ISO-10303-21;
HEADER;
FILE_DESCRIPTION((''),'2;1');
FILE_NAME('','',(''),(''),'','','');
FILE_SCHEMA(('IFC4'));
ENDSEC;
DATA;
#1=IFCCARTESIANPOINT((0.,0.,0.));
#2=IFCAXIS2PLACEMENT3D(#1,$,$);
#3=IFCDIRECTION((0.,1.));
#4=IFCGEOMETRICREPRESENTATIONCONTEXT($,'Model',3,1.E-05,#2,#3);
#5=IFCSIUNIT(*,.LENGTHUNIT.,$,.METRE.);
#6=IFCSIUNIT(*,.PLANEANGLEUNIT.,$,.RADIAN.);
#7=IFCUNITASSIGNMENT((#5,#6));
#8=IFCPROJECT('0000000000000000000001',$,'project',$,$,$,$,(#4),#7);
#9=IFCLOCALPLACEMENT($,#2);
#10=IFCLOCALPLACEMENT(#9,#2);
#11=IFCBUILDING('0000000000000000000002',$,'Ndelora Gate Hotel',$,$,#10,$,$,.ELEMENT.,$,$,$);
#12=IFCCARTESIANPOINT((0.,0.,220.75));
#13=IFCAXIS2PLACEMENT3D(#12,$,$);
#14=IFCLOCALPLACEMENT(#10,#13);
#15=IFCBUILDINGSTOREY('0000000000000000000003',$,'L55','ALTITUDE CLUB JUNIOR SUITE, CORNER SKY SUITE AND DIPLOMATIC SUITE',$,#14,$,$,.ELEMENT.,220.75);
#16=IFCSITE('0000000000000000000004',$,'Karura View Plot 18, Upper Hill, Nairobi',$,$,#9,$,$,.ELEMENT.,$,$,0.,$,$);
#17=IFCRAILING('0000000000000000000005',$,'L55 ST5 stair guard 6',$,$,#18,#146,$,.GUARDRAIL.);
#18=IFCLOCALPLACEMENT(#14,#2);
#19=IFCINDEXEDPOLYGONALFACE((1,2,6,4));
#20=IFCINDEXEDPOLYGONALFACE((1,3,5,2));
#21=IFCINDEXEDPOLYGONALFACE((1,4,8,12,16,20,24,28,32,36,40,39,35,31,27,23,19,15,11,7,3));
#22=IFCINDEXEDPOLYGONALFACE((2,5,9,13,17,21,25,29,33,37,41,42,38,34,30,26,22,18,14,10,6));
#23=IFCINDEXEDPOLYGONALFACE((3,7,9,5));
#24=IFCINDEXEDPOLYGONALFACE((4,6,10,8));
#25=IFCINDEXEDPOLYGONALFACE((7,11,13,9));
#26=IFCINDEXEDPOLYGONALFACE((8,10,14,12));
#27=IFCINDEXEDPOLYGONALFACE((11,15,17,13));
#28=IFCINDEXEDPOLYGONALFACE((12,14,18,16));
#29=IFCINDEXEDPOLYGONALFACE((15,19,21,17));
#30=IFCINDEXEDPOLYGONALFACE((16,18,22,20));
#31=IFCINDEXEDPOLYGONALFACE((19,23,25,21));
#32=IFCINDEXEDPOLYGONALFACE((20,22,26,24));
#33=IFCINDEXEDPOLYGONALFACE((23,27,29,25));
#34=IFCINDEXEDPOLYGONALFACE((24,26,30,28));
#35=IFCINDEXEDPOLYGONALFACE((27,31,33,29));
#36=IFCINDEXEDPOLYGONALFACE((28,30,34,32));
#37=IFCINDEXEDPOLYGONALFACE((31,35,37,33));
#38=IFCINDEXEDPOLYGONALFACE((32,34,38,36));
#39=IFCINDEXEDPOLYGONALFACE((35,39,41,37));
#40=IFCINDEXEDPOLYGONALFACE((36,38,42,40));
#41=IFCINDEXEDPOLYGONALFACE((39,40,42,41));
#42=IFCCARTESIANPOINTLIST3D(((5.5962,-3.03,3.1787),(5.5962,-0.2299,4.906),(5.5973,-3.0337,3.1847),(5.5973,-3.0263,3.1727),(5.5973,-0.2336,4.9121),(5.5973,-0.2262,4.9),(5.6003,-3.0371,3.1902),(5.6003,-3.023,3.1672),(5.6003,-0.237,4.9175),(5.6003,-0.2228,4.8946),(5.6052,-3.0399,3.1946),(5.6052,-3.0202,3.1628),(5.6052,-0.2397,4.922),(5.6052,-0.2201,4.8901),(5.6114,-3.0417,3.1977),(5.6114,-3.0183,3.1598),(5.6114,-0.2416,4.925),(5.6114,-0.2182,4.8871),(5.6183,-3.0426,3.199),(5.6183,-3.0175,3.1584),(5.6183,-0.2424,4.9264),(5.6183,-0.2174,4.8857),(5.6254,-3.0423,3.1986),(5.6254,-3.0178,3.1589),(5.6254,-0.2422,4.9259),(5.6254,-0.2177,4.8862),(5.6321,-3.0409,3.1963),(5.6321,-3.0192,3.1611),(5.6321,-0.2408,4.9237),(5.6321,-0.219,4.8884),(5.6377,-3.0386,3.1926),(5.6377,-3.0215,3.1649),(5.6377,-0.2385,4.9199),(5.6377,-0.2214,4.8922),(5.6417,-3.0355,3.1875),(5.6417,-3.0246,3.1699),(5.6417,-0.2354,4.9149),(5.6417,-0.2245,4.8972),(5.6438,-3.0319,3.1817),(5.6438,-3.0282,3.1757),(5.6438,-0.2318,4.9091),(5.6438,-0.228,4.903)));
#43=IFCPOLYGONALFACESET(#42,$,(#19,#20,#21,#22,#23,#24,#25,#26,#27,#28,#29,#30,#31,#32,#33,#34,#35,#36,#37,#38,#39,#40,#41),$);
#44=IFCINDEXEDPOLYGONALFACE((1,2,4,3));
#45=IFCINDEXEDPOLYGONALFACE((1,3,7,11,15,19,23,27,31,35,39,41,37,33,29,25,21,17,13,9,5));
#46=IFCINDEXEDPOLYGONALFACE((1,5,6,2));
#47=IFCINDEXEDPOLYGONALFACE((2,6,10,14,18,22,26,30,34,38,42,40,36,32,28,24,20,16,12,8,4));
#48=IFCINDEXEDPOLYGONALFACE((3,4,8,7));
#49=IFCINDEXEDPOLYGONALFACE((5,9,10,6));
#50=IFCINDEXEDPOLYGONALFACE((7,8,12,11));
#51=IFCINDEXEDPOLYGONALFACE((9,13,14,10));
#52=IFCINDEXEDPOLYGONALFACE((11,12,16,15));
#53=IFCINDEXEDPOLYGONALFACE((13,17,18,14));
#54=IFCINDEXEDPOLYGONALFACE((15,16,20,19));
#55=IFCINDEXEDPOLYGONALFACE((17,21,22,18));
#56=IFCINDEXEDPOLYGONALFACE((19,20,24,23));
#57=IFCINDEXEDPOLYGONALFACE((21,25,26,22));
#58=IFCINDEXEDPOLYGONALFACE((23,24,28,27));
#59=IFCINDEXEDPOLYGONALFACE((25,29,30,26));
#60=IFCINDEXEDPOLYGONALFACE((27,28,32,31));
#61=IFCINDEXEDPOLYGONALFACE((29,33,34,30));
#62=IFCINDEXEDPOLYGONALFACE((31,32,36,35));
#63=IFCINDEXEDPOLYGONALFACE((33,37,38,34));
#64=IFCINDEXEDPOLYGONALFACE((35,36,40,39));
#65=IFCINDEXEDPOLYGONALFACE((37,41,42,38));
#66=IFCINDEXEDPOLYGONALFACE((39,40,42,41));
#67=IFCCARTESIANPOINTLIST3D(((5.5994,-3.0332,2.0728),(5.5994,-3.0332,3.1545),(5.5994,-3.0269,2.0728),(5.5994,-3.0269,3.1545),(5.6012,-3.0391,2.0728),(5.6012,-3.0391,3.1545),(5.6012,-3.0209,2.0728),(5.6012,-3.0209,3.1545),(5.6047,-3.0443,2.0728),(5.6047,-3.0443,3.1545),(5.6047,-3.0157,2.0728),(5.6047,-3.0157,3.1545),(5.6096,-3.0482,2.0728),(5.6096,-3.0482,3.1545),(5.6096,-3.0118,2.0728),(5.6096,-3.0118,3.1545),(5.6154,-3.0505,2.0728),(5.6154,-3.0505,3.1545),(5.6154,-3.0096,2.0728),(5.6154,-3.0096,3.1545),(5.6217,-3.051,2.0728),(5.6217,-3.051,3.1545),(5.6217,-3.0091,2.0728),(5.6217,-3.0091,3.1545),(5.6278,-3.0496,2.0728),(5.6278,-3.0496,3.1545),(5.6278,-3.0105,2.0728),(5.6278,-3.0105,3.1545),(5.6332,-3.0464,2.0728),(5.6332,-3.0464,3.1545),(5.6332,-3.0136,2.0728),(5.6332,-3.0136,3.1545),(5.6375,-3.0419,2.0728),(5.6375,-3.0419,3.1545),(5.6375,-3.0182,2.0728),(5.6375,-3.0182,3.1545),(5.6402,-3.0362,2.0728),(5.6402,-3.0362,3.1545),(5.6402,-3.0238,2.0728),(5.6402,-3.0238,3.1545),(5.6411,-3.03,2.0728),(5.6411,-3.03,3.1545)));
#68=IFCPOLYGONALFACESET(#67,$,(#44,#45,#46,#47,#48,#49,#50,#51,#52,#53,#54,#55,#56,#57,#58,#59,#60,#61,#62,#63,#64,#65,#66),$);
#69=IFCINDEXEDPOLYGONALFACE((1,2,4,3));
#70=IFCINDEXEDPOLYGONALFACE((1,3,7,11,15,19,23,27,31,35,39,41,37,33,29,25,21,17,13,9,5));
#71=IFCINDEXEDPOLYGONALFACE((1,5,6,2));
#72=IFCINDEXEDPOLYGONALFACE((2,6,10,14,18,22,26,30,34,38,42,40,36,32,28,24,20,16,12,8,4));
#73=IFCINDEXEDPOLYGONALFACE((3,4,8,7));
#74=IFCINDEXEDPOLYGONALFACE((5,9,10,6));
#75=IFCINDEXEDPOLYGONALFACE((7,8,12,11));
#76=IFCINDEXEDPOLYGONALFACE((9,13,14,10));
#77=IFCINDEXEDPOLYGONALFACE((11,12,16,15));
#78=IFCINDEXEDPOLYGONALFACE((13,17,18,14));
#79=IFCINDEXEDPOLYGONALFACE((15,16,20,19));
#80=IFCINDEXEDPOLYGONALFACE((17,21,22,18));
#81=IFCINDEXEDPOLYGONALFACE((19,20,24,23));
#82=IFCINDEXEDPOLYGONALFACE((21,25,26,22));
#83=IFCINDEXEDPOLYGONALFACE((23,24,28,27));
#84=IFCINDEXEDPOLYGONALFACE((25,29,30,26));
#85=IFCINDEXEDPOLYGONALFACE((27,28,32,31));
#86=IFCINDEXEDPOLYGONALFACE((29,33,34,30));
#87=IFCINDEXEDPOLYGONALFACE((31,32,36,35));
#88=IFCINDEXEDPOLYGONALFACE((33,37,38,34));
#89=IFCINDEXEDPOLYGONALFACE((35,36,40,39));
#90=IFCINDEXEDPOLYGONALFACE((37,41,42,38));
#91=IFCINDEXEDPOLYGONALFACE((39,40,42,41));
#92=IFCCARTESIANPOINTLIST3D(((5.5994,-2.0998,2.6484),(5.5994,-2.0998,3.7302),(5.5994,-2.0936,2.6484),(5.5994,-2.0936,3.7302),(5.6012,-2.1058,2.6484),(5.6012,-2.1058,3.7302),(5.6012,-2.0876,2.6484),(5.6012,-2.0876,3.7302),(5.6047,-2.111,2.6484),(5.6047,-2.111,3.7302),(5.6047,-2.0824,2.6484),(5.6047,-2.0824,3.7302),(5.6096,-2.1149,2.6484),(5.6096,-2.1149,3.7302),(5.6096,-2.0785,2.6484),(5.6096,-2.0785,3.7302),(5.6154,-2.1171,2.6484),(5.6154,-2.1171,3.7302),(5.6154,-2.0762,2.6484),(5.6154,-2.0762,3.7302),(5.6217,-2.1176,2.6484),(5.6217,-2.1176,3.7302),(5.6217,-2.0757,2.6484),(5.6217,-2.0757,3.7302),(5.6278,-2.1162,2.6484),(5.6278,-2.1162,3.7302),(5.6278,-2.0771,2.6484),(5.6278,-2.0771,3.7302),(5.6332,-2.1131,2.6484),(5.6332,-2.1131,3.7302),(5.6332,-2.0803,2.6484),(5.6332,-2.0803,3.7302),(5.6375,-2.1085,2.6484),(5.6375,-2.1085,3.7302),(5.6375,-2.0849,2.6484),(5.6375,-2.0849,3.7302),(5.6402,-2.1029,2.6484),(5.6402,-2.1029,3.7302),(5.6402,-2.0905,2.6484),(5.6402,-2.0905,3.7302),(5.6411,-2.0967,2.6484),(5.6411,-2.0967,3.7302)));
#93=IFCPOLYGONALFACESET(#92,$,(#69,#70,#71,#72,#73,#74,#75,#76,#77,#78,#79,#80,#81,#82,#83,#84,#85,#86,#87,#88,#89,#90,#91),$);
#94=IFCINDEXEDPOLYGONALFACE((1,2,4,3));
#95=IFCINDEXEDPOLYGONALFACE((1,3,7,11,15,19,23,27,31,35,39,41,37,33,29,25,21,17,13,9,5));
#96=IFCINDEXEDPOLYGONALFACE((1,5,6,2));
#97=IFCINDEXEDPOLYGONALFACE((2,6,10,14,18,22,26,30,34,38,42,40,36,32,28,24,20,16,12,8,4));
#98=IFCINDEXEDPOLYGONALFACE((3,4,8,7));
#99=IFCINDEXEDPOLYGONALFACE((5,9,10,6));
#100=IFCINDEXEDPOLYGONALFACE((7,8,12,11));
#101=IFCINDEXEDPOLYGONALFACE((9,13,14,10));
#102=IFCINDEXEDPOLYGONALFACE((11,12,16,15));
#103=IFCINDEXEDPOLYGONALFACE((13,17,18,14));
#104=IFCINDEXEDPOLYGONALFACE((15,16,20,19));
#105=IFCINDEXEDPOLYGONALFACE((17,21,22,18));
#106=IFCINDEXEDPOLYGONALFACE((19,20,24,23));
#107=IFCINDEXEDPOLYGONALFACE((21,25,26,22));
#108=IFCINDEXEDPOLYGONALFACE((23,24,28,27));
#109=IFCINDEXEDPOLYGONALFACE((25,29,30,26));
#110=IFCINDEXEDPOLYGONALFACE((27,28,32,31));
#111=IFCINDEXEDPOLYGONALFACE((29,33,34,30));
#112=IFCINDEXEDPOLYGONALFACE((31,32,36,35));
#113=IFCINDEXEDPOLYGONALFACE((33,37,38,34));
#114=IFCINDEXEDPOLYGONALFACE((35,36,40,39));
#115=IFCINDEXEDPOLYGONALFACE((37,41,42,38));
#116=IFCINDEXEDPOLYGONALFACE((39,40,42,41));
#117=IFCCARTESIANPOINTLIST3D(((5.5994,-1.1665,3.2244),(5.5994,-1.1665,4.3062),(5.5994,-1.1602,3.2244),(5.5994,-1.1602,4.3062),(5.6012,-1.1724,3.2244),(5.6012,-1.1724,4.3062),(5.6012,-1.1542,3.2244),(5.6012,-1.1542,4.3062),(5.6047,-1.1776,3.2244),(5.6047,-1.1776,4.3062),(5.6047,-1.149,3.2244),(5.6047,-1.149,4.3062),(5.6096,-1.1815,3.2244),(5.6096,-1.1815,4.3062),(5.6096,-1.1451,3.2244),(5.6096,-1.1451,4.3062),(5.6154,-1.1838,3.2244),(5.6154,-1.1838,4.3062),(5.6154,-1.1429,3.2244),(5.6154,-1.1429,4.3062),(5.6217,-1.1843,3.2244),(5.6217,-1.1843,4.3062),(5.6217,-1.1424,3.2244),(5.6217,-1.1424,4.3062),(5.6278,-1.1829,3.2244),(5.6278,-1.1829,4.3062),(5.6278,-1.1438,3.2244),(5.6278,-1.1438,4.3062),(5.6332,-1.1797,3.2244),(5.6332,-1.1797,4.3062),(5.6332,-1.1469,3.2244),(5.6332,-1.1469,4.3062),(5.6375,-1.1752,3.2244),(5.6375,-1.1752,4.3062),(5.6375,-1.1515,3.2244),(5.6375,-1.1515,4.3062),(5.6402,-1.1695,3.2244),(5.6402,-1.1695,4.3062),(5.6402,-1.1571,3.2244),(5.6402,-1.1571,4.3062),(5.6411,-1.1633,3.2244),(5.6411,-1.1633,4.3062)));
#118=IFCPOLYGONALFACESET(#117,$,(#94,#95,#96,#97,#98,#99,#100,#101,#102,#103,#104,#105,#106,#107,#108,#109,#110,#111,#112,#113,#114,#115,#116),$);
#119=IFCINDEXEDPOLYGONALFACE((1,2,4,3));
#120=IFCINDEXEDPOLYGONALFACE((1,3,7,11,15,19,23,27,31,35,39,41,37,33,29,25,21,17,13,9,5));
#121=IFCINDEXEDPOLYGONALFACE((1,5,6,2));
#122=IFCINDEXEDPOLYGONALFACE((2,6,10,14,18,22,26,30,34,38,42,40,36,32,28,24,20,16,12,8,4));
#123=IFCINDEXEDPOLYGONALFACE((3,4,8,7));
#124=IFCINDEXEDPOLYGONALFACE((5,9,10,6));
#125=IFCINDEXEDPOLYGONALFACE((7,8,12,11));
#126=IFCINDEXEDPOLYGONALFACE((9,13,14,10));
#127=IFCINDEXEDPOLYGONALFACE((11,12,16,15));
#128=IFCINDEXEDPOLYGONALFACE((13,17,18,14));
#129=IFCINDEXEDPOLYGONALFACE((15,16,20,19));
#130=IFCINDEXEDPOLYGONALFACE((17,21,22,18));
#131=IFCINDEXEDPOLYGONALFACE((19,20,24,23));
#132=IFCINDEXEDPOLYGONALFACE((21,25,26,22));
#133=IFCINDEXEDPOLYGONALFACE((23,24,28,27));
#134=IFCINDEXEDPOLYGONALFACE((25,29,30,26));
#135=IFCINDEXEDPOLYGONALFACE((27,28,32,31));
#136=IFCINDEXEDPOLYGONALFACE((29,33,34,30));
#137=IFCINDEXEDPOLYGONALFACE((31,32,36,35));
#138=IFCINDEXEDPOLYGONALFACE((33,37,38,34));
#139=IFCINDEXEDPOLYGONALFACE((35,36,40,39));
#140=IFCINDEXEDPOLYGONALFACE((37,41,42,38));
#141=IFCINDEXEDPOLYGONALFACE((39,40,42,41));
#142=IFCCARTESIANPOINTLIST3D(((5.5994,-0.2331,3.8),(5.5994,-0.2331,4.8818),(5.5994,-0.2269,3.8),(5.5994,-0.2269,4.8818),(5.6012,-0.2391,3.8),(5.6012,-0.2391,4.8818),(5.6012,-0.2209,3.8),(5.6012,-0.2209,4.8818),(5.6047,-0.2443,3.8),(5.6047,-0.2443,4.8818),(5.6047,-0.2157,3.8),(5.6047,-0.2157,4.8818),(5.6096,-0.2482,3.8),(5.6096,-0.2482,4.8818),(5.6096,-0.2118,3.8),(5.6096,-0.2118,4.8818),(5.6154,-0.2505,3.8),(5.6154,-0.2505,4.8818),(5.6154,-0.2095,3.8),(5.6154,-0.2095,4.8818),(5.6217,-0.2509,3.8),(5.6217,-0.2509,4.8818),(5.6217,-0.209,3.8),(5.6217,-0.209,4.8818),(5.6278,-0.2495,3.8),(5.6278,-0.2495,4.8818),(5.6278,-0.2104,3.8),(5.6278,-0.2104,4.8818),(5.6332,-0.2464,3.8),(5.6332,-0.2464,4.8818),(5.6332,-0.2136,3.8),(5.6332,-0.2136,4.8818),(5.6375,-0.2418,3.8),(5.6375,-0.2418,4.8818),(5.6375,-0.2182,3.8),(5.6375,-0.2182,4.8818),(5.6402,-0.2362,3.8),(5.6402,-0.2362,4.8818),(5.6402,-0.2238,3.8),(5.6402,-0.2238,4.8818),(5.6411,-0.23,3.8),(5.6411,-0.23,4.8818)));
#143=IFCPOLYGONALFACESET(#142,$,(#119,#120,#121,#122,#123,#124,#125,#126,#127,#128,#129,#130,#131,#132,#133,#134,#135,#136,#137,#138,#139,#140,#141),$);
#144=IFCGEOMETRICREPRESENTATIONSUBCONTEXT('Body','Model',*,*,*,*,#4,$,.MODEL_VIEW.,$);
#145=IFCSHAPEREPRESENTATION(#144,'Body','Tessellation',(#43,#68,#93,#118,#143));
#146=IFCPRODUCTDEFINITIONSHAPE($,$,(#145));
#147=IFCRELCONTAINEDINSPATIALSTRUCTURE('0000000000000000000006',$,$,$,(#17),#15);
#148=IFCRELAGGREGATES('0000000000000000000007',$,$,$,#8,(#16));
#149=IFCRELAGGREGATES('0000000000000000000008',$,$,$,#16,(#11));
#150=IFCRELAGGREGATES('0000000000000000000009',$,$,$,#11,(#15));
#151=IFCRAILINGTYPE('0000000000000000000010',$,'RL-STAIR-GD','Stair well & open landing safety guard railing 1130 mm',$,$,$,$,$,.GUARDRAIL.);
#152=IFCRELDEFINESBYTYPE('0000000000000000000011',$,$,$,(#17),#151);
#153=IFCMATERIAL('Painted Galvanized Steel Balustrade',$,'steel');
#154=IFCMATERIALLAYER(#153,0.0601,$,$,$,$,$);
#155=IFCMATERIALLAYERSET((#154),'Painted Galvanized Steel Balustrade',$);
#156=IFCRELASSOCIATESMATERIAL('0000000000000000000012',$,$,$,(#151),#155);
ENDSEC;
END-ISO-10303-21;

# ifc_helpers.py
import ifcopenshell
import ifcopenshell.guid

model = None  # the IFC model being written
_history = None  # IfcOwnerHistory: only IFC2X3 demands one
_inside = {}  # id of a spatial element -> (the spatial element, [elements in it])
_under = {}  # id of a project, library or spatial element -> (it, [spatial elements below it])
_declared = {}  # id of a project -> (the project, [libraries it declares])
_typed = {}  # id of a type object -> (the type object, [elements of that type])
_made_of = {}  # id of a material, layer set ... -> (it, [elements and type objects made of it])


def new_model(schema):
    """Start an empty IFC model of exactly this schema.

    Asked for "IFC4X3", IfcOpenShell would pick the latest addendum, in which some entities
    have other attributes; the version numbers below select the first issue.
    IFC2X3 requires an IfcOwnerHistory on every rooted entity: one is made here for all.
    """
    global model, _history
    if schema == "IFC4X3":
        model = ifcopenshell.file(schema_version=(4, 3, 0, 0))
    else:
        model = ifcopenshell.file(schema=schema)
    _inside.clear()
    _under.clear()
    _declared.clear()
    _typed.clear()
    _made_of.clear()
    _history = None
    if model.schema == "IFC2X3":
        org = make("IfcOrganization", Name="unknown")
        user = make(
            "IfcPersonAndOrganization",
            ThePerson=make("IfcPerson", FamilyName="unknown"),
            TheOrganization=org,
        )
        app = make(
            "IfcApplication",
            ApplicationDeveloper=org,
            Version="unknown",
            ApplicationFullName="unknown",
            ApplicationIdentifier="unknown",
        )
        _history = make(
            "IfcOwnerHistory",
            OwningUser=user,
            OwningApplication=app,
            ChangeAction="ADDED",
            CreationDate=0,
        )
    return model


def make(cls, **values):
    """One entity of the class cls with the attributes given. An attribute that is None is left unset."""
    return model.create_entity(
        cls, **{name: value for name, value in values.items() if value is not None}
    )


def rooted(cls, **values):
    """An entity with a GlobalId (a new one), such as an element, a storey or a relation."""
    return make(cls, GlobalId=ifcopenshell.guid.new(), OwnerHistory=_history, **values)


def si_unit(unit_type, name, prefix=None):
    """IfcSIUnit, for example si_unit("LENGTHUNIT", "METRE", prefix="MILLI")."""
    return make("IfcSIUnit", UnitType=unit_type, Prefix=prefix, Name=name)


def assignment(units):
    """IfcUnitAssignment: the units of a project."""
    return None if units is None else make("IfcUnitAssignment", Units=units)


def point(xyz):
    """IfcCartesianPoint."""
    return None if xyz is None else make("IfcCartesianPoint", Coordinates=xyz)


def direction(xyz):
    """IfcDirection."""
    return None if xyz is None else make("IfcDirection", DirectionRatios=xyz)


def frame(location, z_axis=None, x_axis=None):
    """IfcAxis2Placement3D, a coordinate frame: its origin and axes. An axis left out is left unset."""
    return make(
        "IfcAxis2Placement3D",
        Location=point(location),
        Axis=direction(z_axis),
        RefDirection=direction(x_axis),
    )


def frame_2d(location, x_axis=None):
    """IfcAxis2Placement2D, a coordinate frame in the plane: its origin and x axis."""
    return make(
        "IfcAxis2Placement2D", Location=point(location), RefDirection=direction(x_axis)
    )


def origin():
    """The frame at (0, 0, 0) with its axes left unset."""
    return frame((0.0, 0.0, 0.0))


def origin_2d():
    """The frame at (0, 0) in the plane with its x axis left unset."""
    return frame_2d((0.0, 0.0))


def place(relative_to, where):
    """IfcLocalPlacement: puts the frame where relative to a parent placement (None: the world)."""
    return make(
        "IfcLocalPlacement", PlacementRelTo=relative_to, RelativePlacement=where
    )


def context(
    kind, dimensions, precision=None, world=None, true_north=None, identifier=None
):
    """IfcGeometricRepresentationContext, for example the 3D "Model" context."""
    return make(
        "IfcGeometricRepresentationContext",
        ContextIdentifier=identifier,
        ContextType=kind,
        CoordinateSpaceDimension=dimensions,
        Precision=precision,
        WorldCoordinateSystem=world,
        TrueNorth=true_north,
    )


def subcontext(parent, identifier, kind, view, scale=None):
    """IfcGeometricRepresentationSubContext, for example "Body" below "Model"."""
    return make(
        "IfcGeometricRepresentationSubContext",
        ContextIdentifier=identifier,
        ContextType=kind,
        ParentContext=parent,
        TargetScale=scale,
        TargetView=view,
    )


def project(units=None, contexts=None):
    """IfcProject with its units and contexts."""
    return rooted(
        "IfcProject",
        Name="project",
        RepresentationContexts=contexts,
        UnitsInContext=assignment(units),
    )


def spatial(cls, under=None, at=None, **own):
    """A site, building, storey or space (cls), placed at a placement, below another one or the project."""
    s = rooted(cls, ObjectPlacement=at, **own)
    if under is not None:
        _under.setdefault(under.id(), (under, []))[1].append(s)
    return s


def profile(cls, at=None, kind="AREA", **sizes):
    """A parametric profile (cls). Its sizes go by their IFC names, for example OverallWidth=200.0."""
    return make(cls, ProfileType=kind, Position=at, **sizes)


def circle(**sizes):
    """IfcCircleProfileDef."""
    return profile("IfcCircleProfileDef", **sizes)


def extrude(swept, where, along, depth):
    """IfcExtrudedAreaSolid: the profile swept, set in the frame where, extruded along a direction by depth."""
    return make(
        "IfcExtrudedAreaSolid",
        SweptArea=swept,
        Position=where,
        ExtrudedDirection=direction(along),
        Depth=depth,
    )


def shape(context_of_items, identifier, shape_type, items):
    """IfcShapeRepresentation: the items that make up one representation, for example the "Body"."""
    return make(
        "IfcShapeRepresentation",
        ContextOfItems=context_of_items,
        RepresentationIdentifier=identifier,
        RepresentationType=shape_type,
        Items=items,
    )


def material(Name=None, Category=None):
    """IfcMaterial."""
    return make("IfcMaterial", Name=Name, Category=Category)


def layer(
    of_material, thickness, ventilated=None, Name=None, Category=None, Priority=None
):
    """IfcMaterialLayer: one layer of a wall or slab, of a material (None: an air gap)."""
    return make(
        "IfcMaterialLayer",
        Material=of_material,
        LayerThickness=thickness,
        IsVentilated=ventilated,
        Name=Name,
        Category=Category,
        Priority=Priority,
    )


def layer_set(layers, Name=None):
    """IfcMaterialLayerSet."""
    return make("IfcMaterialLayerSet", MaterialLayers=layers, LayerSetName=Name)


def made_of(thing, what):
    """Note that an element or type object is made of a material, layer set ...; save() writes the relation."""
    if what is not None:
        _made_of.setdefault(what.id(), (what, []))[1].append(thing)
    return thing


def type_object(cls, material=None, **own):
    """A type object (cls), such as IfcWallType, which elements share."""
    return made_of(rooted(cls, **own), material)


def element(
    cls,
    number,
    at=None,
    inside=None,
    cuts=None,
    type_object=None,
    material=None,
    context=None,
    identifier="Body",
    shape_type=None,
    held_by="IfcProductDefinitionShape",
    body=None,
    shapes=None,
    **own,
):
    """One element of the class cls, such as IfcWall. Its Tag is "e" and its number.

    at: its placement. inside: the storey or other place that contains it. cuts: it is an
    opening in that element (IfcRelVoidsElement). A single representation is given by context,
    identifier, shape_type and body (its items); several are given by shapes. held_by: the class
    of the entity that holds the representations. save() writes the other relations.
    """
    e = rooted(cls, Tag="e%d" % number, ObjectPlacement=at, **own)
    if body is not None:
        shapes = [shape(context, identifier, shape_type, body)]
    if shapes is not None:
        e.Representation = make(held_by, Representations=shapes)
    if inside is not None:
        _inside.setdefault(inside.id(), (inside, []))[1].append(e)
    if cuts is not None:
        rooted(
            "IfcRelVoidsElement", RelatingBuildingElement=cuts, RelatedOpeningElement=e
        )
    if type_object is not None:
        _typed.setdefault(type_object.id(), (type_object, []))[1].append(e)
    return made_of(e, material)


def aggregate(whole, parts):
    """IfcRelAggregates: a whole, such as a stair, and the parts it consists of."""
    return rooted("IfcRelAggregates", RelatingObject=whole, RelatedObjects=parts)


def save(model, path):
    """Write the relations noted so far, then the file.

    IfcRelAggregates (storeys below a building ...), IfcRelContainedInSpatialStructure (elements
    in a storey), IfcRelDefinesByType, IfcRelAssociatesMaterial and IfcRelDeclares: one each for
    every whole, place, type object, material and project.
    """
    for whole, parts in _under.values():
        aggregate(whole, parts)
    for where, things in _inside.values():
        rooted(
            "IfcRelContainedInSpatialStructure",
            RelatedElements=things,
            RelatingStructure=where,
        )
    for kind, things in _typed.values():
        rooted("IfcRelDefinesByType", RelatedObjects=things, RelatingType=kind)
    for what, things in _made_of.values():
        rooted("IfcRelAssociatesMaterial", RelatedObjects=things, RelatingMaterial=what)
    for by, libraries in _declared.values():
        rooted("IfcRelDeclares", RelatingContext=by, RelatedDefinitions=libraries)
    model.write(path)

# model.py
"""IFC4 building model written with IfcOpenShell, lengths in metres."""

from ifc_helpers import new_model, si_unit, direction, frame, origin, origin_2d, place, context, subcontext, project, spatial, circle, extrude, material, layer, layer_set, type_object, element, save


model = new_model("IFC4")

# Units and contexts
model_context = context("Model", 3, precision=1e-05, world=origin(), true_north=direction((0.0, 1.0)))
body_context = subcontext(model_context, "Body", "Model", "MODEL_VIEW")
ifc_project = project(units=[si_unit("LENGTHUNIT", "METRE"), si_unit("PLANEANGLEUNIT", "RADIAN")], contexts=[model_context])

# Site, building, storey
site_placement = place(None, origin())
site = spatial("IfcSite", under=ifc_project, at=site_placement, Name="Karura View Plot 18, Upper Hill, Nairobi", CompositionType="ELEMENT", RefElevation=0.0)
building_placement = place(site_placement, origin())
building = spatial("IfcBuilding", under=site, at=building_placement, Name="Ndelora Gate Hotel", CompositionType="ELEMENT")
storey_placement = place(building_placement, frame((0.0, 0.0, 220.75)))
storey = spatial("IfcBuildingStorey", under=building, at=storey_placement, Name="L55", Description="ALTITUDE CLUB JUNIOR SUITE, CORNER SKY SUITE AND DIPLOMATIC SUITE", CompositionType="ELEMENT", Elevation=220.75)

# Railing
ifc_material_1 = material(Name="Painted Galvanized Steel Balustrade", Category="steel")
ifc_layer_1 = layer(ifc_material_1, 0.0601)
ifc_layer_set_1 = layer_set([ifc_layer_1], Name="Painted Galvanized Steel Balustrade")
railing_type_1 = type_object("IfcRailingType", Name="RL-STAIR-GD", Description="Stair well & open landing safety guard railing 1130 mm", PredefinedType="GUARDRAIL", material=ifc_layer_set_1)
railing_1_placement = place(storey_placement, frame((5.6201, -3.03, 2.0728)))
element("IfcRailing", 1, at=railing_1_placement, inside=storey, type_object=railing_type_1, Name="L55 ST5 stair guard 6", PredefinedType="GUARDRAIL", context=body_context, shape_type="SweptSolid", body=[
    extrude(circle(Radius=0.0239, at=origin_2d()), frame((0.0, 0.0, 1.106), z_axis=(0.0, 0.85109, 0.52502), x_axis=(-1.0, 0.0, 0.0)), (0.0, 0.0, 1.0), 3.29),
    extrude(circle(Radius=0.021, at=origin_2d()), origin(), (0.0, 0.0, 1.0), 1.0818),
    extrude(circle(Radius=0.021, at=origin_2d()), frame((0.0, 0.9333, 0.5757)), (0.0, 0.0, 1.0), 1.0818),
    extrude(circle(Radius=0.021, at=origin_2d()), frame((0.0, 1.8667, 1.1516)), (0.0, 0.0, 1.0), 1.0818),
    extrude(circle(Radius=0.021, at=origin_2d()), frame((0.0, 2.8, 1.7273)), (0.0, 0.0, 1.0), 1.0818),
])

save(model, "model.ifc")
